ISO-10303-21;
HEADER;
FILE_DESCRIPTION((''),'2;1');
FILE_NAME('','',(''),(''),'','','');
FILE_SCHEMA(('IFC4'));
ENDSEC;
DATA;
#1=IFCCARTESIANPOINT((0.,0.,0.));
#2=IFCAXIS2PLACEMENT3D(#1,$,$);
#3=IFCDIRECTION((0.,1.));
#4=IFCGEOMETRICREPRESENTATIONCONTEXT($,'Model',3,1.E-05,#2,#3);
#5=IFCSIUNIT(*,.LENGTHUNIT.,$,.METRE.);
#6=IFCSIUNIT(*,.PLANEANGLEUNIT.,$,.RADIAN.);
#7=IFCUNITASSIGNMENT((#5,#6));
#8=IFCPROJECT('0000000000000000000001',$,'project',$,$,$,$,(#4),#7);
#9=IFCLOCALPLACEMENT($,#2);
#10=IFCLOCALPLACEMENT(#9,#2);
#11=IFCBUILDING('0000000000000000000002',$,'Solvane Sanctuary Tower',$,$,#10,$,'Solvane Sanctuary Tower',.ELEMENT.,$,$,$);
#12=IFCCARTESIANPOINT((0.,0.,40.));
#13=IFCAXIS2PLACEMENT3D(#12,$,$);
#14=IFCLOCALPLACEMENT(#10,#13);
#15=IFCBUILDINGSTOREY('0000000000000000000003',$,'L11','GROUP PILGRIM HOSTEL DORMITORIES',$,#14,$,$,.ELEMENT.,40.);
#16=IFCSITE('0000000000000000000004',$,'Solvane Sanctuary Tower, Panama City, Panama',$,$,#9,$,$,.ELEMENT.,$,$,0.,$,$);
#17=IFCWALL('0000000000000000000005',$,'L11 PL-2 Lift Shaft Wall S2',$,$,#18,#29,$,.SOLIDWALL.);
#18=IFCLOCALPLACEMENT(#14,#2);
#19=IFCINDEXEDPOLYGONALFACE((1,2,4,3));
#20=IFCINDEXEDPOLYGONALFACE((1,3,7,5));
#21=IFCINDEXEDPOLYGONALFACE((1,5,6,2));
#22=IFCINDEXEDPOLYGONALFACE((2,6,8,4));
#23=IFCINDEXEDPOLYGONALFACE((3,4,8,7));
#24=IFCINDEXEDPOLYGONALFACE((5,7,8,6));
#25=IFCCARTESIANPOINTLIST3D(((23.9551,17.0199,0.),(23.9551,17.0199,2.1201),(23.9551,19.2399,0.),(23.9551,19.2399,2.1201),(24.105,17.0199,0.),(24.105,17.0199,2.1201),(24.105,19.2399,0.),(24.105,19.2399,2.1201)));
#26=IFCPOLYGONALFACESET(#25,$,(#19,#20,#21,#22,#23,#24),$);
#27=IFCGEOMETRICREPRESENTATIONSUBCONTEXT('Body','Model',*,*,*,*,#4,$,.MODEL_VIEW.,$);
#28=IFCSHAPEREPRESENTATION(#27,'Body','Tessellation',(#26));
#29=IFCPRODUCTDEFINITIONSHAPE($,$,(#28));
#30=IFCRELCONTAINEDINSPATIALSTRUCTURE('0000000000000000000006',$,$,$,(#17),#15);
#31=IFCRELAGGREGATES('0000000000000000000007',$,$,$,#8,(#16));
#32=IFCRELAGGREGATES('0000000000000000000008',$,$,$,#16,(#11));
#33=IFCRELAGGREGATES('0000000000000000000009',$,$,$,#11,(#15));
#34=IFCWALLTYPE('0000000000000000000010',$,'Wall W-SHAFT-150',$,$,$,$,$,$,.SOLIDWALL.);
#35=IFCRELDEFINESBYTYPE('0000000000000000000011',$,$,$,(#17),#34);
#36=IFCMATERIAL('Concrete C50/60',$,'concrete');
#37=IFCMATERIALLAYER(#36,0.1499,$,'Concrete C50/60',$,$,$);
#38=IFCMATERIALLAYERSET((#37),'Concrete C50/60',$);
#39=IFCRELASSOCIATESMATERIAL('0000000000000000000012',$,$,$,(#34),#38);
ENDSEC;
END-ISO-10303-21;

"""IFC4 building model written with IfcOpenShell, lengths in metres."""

from ifc_helpers import new_model, si_unit, direction, frame, frame_2d, origin, place, context, subcontext, project, spatial, rectangle, extrude, material, layer, layer_set, type_object, element, save


model = new_model("IFC4")

# Units and contexts
model_context = context("Model", 3, precision=1e-05, world=origin(), true_north=direction((0.0, 1.0)))
body_context = subcontext(model_context, "Body", "Model", "MODEL_VIEW")
ifc_project = project(units=[si_unit("LENGTHUNIT", "METRE"), si_unit("PLANEANGLEUNIT", "RADIAN")], contexts=[model_context])

# Site, building, storey
site_placement = place(None, origin())
site = spatial("IfcSite", under=ifc_project, at=site_placement, Name="Solvane Sanctuary Tower, Panama City, Panama", CompositionType="ELEMENT", RefElevation=0.0)
building_placement = place(site_placement, origin())
building = spatial("IfcBuilding", under=site, at=building_placement, Name="Solvane Sanctuary Tower", LongName="Solvane Sanctuary Tower", CompositionType="ELEMENT")
storey_placement = place(building_placement, frame((0.0, 0.0, 40.0)))
storey = spatial("IfcBuildingStorey", under=building, at=storey_placement, Name="L11", Description="GROUP PILGRIM HOSTEL DORMITORIES", CompositionType="ELEMENT", Elevation=40.0)

# Shared definitions
ifc_material_1 = material(Name="Concrete C50/60", Category="concrete")
ifc_layer_1 = layer(ifc_material_1, 0.1499, Name="Concrete C50/60")
ifc_layer_set_1 = layer_set([ifc_layer_1], Name="Concrete C50/60")
wall_type_1 = type_object("IfcWallType", Name="Wall W-SHAFT-150", PredefinedType="SOLIDWALL", material=ifc_layer_set_1)

# Wall
wall_1_placement = place(storey_placement, frame((24.03, 17.02, 0.0), z_axis=(0.0, 0.0, 1.0), x_axis=(0.0, 1.0, 0.0)))
element("IfcWall", 1, at=wall_1_placement, inside=storey, type_object=wall_type_1, Name="L11 PL-2 Lift Shaft Wall S2", PredefinedType="SOLIDWALL", context=body_context, shape_type="SweptSolid", body=[
    extrude(rectangle(XDim=2.22, YDim=0.1499, at=frame_2d((1.1099, 0.0))), origin(), (0.0, 0.0, 1.0), 2.1201),
])

save(model, "model.ifc")
